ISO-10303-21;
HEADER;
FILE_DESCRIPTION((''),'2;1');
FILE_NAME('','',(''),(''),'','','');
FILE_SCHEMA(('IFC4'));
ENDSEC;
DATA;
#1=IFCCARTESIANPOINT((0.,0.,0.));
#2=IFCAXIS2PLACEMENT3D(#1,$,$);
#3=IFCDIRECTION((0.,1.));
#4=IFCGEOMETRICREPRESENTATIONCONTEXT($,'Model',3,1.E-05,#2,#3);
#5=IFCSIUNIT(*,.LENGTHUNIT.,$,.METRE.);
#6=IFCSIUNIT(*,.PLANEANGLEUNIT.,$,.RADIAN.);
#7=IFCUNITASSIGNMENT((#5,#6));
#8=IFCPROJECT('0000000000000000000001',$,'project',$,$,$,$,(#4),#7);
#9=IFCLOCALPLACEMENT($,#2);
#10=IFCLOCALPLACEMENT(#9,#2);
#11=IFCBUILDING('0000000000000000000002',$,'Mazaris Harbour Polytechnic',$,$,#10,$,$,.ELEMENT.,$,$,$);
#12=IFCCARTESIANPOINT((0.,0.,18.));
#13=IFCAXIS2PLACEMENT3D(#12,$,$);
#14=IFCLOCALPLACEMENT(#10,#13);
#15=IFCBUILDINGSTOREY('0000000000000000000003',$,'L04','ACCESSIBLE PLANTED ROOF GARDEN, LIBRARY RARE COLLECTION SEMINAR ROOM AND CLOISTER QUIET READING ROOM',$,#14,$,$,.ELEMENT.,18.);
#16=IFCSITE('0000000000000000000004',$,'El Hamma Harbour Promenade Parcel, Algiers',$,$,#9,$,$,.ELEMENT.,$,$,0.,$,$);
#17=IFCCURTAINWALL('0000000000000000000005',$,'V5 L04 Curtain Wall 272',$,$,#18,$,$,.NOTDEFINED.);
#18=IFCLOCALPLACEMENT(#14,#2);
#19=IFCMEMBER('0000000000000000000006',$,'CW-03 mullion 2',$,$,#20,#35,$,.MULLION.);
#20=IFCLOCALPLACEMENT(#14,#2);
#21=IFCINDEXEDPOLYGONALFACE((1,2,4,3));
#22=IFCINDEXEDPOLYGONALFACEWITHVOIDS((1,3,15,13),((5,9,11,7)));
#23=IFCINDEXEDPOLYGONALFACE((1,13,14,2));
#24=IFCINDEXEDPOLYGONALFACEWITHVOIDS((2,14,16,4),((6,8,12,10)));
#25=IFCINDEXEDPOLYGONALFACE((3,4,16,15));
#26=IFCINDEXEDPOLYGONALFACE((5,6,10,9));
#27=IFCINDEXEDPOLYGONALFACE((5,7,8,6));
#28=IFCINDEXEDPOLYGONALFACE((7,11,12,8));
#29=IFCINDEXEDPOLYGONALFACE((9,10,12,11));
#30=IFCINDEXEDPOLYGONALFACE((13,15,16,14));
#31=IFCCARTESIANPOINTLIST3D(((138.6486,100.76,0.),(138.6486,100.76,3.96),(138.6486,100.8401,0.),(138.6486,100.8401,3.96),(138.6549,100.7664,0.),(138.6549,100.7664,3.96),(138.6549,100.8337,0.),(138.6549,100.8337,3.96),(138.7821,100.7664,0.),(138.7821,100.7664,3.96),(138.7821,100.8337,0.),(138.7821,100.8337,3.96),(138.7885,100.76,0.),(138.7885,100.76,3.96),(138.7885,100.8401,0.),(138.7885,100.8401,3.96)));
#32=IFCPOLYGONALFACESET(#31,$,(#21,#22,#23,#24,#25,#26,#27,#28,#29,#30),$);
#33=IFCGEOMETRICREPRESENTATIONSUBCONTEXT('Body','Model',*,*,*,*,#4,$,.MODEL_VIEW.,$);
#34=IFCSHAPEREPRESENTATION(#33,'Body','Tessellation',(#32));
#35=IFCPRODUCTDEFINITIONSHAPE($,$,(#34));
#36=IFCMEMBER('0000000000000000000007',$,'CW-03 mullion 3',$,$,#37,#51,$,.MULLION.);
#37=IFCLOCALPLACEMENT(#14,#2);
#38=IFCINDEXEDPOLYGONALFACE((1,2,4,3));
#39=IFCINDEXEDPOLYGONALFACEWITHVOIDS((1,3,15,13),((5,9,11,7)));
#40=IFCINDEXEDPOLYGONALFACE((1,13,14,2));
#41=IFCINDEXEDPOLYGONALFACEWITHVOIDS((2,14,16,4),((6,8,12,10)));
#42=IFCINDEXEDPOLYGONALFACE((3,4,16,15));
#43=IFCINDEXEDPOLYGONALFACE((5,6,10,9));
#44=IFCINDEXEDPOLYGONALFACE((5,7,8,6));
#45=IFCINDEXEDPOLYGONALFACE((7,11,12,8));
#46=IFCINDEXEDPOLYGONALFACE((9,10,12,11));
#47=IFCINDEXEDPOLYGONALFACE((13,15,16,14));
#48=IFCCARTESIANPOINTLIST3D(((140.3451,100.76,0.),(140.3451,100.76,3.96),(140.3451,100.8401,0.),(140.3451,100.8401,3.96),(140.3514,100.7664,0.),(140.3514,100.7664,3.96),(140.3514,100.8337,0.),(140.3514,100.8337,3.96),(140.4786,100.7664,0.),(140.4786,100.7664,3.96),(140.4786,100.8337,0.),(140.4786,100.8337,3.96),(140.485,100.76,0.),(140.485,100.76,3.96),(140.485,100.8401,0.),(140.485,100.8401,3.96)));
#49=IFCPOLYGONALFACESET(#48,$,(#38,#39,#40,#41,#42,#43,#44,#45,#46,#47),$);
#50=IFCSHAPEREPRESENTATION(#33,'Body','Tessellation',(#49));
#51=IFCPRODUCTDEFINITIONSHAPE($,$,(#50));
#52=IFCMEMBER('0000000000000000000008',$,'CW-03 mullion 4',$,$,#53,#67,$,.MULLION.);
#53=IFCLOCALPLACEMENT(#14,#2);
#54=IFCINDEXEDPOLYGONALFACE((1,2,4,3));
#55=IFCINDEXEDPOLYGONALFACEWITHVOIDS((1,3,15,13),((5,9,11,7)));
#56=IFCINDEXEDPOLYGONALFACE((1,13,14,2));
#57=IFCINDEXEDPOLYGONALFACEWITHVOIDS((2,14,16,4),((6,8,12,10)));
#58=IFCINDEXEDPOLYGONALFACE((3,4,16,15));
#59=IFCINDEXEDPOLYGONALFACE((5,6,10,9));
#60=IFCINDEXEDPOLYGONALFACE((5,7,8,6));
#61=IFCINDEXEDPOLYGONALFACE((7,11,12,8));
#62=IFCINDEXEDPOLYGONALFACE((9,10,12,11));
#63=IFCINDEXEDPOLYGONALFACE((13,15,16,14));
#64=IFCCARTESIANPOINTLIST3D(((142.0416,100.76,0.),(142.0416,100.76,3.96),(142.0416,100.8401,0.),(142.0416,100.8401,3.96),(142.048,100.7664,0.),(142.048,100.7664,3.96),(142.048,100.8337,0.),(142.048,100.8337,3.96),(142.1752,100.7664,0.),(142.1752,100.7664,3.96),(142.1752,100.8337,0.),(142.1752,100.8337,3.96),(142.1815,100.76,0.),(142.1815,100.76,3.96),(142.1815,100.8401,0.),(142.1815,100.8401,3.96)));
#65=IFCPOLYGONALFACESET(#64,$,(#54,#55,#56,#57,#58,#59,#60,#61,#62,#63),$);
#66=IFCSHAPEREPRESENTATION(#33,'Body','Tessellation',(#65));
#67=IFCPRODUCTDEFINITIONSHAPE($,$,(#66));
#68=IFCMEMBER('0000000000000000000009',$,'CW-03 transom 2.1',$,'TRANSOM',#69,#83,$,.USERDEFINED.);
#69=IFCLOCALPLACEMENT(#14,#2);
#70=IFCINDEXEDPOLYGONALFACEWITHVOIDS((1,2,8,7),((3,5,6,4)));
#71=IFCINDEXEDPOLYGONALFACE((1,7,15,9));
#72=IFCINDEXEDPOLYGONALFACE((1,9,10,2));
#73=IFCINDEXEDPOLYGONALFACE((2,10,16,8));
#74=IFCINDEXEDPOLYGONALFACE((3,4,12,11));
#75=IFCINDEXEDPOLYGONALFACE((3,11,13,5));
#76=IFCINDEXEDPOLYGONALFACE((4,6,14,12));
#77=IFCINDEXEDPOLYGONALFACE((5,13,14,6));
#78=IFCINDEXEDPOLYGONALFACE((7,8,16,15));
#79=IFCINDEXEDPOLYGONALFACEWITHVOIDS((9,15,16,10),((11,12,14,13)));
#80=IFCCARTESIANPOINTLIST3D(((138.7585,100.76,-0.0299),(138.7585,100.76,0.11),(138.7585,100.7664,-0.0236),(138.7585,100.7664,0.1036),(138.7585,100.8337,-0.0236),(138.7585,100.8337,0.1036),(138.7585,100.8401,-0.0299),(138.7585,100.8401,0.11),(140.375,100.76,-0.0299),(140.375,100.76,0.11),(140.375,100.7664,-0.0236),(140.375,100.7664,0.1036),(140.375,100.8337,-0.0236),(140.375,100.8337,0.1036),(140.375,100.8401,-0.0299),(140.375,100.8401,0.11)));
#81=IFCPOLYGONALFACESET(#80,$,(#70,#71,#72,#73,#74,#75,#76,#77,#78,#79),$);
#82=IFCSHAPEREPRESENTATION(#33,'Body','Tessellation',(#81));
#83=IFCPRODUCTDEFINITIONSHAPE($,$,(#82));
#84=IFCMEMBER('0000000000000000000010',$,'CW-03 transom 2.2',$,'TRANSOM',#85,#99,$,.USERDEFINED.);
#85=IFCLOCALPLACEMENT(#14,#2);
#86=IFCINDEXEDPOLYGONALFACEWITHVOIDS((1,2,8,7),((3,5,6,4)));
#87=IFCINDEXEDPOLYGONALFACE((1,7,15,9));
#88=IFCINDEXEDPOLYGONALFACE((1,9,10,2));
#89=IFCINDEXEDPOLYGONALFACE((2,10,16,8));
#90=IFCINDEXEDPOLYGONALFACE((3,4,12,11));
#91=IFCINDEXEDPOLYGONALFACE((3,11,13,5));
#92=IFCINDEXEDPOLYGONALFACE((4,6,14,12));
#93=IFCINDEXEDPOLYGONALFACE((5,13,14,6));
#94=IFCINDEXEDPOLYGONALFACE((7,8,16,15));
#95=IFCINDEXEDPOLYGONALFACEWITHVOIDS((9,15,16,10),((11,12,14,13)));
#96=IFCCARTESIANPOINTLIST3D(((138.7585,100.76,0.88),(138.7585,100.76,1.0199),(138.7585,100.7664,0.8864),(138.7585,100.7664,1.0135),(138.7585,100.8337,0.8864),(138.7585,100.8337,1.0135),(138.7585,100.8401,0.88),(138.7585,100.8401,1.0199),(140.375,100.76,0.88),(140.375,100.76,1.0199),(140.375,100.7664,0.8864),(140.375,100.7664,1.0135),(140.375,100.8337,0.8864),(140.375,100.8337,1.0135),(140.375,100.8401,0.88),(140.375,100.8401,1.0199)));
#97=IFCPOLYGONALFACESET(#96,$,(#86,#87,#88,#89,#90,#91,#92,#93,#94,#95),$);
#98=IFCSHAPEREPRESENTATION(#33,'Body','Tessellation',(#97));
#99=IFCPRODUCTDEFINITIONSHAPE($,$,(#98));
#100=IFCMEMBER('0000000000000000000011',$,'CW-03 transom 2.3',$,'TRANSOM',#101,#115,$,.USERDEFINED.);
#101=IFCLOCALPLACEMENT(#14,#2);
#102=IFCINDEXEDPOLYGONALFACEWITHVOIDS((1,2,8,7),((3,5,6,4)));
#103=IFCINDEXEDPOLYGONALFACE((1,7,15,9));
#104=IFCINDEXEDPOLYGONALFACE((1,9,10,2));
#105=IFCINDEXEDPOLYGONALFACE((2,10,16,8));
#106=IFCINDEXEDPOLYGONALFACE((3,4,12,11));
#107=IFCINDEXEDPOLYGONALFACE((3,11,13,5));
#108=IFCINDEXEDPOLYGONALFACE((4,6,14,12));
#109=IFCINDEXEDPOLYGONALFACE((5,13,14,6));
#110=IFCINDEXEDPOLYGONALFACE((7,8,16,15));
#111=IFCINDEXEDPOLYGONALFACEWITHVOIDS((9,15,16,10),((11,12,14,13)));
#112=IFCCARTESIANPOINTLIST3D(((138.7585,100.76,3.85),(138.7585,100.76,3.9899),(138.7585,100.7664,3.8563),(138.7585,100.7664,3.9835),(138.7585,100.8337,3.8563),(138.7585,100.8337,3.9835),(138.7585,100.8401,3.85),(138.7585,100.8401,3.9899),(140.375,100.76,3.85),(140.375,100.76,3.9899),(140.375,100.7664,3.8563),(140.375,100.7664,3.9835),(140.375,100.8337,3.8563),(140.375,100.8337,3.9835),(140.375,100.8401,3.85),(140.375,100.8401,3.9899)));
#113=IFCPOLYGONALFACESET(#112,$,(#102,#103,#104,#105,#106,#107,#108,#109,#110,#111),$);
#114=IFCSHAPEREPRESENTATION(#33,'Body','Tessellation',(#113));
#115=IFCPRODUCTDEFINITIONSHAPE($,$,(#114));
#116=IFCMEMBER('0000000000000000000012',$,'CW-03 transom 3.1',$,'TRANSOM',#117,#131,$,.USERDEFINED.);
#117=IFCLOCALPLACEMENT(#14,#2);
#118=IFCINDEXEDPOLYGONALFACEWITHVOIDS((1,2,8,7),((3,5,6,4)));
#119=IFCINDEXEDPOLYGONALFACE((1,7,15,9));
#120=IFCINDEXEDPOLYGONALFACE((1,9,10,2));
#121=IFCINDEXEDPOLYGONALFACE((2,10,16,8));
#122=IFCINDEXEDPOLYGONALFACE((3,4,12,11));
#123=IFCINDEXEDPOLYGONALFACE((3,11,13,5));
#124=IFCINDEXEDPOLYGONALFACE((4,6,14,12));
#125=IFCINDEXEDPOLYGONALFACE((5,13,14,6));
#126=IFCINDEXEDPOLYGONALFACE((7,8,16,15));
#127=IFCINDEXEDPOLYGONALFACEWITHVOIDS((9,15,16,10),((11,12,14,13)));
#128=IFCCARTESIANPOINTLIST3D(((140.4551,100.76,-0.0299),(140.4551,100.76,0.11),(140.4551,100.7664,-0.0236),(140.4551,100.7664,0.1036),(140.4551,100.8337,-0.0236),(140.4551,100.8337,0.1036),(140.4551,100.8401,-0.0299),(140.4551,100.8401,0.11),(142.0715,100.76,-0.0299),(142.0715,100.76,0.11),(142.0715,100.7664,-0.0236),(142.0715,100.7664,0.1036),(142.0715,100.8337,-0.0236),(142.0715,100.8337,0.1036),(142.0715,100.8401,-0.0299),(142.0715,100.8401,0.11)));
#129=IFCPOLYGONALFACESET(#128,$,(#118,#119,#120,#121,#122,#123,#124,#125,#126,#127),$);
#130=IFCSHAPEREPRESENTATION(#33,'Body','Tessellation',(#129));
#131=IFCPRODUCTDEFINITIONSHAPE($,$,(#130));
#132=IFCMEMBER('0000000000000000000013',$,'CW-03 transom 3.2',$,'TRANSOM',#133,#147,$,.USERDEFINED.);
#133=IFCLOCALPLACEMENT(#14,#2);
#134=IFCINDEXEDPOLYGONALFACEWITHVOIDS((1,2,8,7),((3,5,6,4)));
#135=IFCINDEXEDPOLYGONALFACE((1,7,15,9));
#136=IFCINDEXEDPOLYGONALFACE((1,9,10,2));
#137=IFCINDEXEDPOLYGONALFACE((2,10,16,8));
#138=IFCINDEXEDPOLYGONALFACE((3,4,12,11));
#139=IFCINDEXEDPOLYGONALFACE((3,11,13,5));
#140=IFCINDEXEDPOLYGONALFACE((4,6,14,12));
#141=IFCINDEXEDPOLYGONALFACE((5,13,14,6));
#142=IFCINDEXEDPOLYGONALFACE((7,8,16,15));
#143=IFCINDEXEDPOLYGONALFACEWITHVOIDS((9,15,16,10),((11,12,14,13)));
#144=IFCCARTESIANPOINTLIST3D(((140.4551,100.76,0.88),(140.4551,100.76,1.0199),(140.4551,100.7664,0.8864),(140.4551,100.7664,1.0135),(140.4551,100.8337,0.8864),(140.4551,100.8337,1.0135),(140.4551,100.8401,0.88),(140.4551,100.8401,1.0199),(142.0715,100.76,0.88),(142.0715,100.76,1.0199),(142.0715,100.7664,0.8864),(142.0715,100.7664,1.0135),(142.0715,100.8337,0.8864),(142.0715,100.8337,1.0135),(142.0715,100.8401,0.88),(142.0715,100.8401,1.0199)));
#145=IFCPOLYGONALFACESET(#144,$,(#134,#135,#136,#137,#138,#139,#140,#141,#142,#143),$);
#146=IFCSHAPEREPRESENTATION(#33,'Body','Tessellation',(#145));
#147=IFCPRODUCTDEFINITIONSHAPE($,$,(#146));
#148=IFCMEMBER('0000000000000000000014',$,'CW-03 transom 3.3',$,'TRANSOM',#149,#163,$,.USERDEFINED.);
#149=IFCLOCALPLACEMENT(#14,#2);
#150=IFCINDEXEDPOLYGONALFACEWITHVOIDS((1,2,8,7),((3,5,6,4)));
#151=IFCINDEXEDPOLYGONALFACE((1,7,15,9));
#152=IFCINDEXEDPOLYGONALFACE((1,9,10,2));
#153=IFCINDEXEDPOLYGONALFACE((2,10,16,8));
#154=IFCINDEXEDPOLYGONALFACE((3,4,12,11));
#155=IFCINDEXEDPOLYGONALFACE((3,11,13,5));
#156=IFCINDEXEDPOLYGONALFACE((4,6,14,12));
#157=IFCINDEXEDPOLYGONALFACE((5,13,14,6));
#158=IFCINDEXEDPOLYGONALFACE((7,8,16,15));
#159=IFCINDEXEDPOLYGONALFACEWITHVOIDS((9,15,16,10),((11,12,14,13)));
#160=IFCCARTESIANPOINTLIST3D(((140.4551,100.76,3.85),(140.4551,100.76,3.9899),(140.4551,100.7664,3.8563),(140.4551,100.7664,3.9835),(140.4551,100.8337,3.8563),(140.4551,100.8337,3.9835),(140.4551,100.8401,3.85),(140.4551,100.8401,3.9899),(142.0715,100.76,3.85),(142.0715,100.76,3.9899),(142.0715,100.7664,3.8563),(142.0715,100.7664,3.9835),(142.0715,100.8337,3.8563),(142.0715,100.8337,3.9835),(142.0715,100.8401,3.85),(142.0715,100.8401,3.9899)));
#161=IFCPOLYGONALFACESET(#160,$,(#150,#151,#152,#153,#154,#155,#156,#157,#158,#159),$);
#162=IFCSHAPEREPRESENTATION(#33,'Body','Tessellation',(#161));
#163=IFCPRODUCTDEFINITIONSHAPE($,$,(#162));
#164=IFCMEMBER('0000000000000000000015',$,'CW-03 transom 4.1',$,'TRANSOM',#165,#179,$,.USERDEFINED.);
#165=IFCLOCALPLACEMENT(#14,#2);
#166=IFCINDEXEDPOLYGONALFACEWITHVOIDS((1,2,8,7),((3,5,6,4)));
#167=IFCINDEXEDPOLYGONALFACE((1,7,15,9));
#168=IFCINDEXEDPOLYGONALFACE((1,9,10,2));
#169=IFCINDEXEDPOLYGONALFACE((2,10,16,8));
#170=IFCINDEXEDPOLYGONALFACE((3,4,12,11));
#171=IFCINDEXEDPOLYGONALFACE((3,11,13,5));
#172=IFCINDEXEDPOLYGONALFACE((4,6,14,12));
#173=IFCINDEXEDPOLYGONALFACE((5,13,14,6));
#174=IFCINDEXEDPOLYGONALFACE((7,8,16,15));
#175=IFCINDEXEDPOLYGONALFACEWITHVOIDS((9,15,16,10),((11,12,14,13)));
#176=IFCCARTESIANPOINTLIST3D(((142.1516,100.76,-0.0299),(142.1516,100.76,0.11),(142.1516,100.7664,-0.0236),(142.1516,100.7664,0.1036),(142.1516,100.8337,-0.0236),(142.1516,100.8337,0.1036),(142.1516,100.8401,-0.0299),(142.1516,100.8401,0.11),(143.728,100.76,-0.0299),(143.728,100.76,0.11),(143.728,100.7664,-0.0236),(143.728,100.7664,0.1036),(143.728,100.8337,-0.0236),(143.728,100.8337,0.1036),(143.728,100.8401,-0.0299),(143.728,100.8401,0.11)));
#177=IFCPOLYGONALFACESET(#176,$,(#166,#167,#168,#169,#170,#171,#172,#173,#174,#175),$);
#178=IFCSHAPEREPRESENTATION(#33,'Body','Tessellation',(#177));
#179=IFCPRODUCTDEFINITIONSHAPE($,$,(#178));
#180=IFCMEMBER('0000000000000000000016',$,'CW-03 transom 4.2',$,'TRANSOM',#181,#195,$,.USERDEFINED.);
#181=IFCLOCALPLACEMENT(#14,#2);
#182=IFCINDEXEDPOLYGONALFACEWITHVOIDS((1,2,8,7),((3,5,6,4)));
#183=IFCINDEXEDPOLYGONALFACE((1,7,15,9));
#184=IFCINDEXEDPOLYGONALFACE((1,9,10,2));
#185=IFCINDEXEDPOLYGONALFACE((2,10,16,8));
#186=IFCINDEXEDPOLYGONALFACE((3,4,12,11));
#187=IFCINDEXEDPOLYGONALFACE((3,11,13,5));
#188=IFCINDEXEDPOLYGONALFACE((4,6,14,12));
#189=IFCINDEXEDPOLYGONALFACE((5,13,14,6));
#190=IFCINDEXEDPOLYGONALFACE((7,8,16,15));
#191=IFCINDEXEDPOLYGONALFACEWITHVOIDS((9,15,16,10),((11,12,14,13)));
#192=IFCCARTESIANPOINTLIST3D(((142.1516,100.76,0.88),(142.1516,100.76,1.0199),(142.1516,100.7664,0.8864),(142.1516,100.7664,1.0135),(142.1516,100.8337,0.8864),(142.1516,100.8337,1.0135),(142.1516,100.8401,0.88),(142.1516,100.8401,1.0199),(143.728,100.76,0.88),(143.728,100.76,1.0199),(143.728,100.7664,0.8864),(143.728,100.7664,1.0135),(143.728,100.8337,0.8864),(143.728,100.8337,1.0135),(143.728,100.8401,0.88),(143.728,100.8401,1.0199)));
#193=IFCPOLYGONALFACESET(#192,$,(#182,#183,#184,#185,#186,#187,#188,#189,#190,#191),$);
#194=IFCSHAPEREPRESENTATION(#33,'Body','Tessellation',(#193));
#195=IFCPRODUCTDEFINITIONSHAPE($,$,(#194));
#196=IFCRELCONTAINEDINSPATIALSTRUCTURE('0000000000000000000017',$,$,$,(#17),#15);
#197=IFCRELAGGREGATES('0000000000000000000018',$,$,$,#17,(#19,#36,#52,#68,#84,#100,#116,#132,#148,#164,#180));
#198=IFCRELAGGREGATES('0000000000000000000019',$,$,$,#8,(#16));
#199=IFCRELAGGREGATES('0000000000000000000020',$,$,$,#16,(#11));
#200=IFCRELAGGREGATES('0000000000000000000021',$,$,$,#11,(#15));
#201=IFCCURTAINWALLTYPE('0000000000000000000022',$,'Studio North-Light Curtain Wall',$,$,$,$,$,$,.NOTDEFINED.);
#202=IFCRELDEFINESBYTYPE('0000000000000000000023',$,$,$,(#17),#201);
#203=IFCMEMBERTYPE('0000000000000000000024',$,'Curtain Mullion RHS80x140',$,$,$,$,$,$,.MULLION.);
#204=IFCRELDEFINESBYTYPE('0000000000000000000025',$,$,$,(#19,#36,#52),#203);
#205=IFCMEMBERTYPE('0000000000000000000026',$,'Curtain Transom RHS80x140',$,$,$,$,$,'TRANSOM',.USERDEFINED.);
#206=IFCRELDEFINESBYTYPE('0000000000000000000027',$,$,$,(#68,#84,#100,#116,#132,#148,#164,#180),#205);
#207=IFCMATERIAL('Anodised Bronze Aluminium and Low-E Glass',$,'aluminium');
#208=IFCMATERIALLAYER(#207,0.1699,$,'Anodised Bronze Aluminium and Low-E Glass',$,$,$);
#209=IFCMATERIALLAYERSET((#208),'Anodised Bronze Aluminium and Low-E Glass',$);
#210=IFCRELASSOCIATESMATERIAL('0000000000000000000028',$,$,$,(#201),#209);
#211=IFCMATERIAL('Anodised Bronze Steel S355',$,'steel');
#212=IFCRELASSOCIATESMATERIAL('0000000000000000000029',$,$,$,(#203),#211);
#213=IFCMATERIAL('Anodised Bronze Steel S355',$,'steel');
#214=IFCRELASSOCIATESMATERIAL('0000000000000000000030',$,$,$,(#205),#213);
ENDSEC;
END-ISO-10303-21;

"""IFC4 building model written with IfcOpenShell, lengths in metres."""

from ifc_helpers import new_model, si_unit, direction, frame, origin, origin_2d, place, context, subcontext, project, spatial, hollow_rectangle, extrude, material, layer, layer_set, material_profile, profile_set, type_object, element, aggregate, save


model = new_model("IFC4")

# Units and contexts
model_context = context("Model", 3, precision=1e-05, world=origin(), true_north=direction((0.0, 1.0)))
body_context = subcontext(model_context, "Body", "Model", "MODEL_VIEW")
ifc_project = project(units=[si_unit("LENGTHUNIT", "METRE"), si_unit("PLANEANGLEUNIT", "RADIAN")], contexts=[model_context])

# Site, building, storey
site_placement = place(None, origin())
site = spatial("IfcSite", under=ifc_project, at=site_placement, Name="El Hamma Harbour Promenade Parcel, Algiers", CompositionType="ELEMENT", RefElevation=0.0)
building_placement = place(site_placement, origin())
building = spatial("IfcBuilding", under=site, at=building_placement, Name="Mazaris Harbour Polytechnic", CompositionType="ELEMENT")
storey_placement = place(building_placement, frame((0.0, 0.0, 18.0)))
storey = spatial("IfcBuildingStorey", under=building, at=storey_placement, Name="L04", Description="ACCESSIBLE PLANTED ROOF GARDEN, LIBRARY RARE COLLECTION SEMINAR ROOM AND CLOISTER QUIET READING ROOM", CompositionType="ELEMENT", Elevation=18.0)

# Curtain wall, members
ifc_material_1 = material(Name="Anodised Bronze Aluminium and Low-E Glass", Category="aluminium")
ifc_layer_1 = layer(ifc_material_1, 0.1699, Name="Anodised Bronze Aluminium and Low-E Glass")
ifc_layer_set_1 = layer_set([ifc_layer_1], Name="Anodised Bronze Aluminium and Low-E Glass")
curtain_wall_type = type_object("IfcCurtainWallType", Name="Studio North-Light Curtain Wall", PredefinedType="NOTDEFINED", material=ifc_layer_set_1)
curtain_wall_placement = place(storey_placement, origin())
curtain_wall = element("IfcCurtainWall", 1, at=curtain_wall_placement, inside=storey, type_object=curtain_wall_type, Name="V5 L04 Curtain Wall 272", PredefinedType="NOTDEFINED")
ifc_material_2 = material(Name="Anodised Bronze Steel S355", Category="steel")
ifc_material_profile_1 = material_profile(ifc_material_2, hollow_rectangle(XDim=0.0801, YDim=0.1399, WallThickness=0.0063, at=origin_2d()), Name="RHS 80x140x6.3")
ifc_profile_set_1 = profile_set([ifc_material_profile_1], Name="Anodised Bronze Steel S355")
member_type_1 = type_object("IfcMemberType", Name="Curtain Mullion RHS80x140", PredefinedType="MULLION", material=ifc_profile_set_1)
member_1_placement = place(storey_placement, frame((138.7185, 100.8, 0.0), z_axis=(0.0, 0.0, 1.0), x_axis=(0.0, 1.0, 0.0)))
member_1 = element("IfcMember", 2, at=member_1_placement, type_object=member_type_1, Name="CW-03 mullion 2", PredefinedType="MULLION", context=body_context, shape_type="SweptSolid", body=[
    extrude(hollow_rectangle(XDim=0.0801, YDim=0.1399, WallThickness=0.0063, at=origin_2d()), origin(), (0.0, 0.0, 1.0), 3.96),
])
member_2_placement = place(storey_placement, frame((140.415, 100.8, 0.0), z_axis=(0.0, 0.0, 1.0), x_axis=(0.0, 1.0, 0.0)))
member_2 = element("IfcMember", 3, at=member_2_placement, type_object=member_type_1, Name="CW-03 mullion 3", PredefinedType="MULLION", context=body_context, shape_type="SweptSolid", body=[
    extrude(hollow_rectangle(XDim=0.0801, YDim=0.1399, WallThickness=0.0063, at=origin_2d()), origin(), (0.0, 0.0, 1.0), 3.96),
])
member_3_placement = place(storey_placement, frame((142.1116, 100.8, 0.0), z_axis=(0.0, 0.0, 1.0), x_axis=(0.0, 1.0, 0.0)))
member_3 = element("IfcMember", 4, at=member_3_placement, type_object=member_type_1, Name="CW-03 mullion 4", PredefinedType="MULLION", context=body_context, shape_type="SweptSolid", body=[
    extrude(hollow_rectangle(XDim=0.0801, YDim=0.1399, WallThickness=0.0063, at=origin_2d()), origin(), (0.0, 0.0, 1.0), 3.96),
])
ifc_material_3 = material(Name="Anodised Bronze Steel S355", Category="steel")
ifc_material_profile_2 = material_profile(ifc_material_3, hollow_rectangle(XDim=0.0801, YDim=0.1399, WallThickness=0.0063, at=origin_2d()), Name="RHS 80x140x6.3")
ifc_profile_set_2 = profile_set([ifc_material_profile_2], Name="Anodised Bronze Steel S355")
member_type_2 = type_object("IfcMemberType", Name="Curtain Transom RHS80x140", ElementType="TRANSOM", PredefinedType="USERDEFINED", material=ifc_profile_set_2)
member_4_placement = place(storey_placement, frame((138.7585, 100.8, 0.04), z_axis=(1.0, 0.0, 0.0), x_axis=(0.0, 1.0, 0.0)))
member_4 = element("IfcMember", 5, at=member_4_placement, type_object=member_type_2, Name="CW-03 transom 2.1", ObjectType="TRANSOM", PredefinedType="USERDEFINED", context=body_context, shape_type="SweptSolid", body=[
    extrude(hollow_rectangle(XDim=0.0801, YDim=0.1399, WallThickness=0.0063, at=origin_2d()), origin(), (0.0, 0.0, 1.0), 1.6165),
])
member_5_placement = place(storey_placement, frame((138.7585, 100.8, 0.95), z_axis=(1.0, 0.0, 0.0), x_axis=(0.0, 1.0, 0.0)))
member_5 = element("IfcMember", 6, at=member_5_placement, type_object=member_type_2, Name="CW-03 transom 2.2", ObjectType="TRANSOM", PredefinedType="USERDEFINED", context=body_context, shape_type="SweptSolid", body=[
    extrude(hollow_rectangle(XDim=0.0801, YDim=0.1399, WallThickness=0.0063, at=origin_2d()), origin(), (0.0, 0.0, 1.0), 1.6165),
])
member_6_placement = place(storey_placement, frame((138.7585, 100.8, 3.9199), z_axis=(1.0, 0.0, 0.0), x_axis=(0.0, 1.0, 0.0)))
member_6 = element("IfcMember", 7, at=member_6_placement, type_object=member_type_2, Name="CW-03 transom 2.3", ObjectType="TRANSOM", PredefinedType="USERDEFINED", context=body_context, shape_type="SweptSolid", body=[
    extrude(hollow_rectangle(XDim=0.0801, YDim=0.1399, WallThickness=0.0063, at=origin_2d()), origin(), (0.0, 0.0, 1.0), 1.6165),
])
member_7_placement = place(storey_placement, frame((140.4551, 100.8, 0.04), z_axis=(1.0, 0.0, 0.0), x_axis=(0.0, 1.0, 0.0)))
member_7 = element("IfcMember", 8, at=member_7_placement, type_object=member_type_2, Name="CW-03 transom 3.1", ObjectType="TRANSOM", PredefinedType="USERDEFINED", context=body_context, shape_type="SweptSolid", body=[
    extrude(hollow_rectangle(XDim=0.0801, YDim=0.1399, WallThickness=0.0063, at=origin_2d()), origin(), (0.0, 0.0, 1.0), 1.6165),
])
member_8_placement = place(storey_placement, frame((140.4551, 100.8, 0.95), z_axis=(1.0, 0.0, 0.0), x_axis=(0.0, 1.0, 0.0)))
member_8 = element("IfcMember", 9, at=member_8_placement, type_object=member_type_2, Name="CW-03 transom 3.2", ObjectType="TRANSOM", PredefinedType="USERDEFINED", context=body_context, shape_type="SweptSolid", body=[
    extrude(hollow_rectangle(XDim=0.0801, YDim=0.1399, WallThickness=0.0063, at=origin_2d()), origin(), (0.0, 0.0, 1.0), 1.6165),
])
member_9_placement = place(storey_placement, frame((140.4551, 100.8, 3.9199), z_axis=(1.0, 0.0, 0.0), x_axis=(0.0, 1.0, 0.0)))
member_9 = element("IfcMember", 10, at=member_9_placement, type_object=member_type_2, Name="CW-03 transom 3.3", ObjectType="TRANSOM", PredefinedType="USERDEFINED", context=body_context, shape_type="SweptSolid", body=[
    extrude(hollow_rectangle(XDim=0.0801, YDim=0.1399, WallThickness=0.0063, at=origin_2d()), origin(), (0.0, 0.0, 1.0), 1.6165),
])
member_10_placement = place(storey_placement, frame((142.1516, 100.8, 0.04), z_axis=(1.0, 0.0, 0.0), x_axis=(0.0, 1.0, 0.0)))
member_10 = element("IfcMember", 11, at=member_10_placement, type_object=member_type_2, Name="CW-03 transom 4.1", ObjectType="TRANSOM", PredefinedType="USERDEFINED", context=body_context, shape_type="SweptSolid", body=[
    extrude(hollow_rectangle(XDim=0.0801, YDim=0.1399, WallThickness=0.0063, at=origin_2d()), origin(), (0.0, 0.0, 1.0), 1.5764),
])
member_11_placement = place(storey_placement, frame((142.1516, 100.8, 0.95), z_axis=(1.0, 0.0, 0.0), x_axis=(0.0, 1.0, 0.0)))
member_11 = element("IfcMember", 12, at=member_11_placement, type_object=member_type_2, Name="CW-03 transom 4.2", ObjectType="TRANSOM", PredefinedType="USERDEFINED", context=body_context, shape_type="SweptSolid", body=[
    extrude(hollow_rectangle(XDim=0.0801, YDim=0.1399, WallThickness=0.0063, at=origin_2d()), origin(), (0.0, 0.0, 1.0), 1.5764),
])
aggregate(curtain_wall, [member_1, member_2, member_3, member_4, member_5, member_6, member_7, member_8, member_9, member_10, member_11])

save(model, "model.ifc")
